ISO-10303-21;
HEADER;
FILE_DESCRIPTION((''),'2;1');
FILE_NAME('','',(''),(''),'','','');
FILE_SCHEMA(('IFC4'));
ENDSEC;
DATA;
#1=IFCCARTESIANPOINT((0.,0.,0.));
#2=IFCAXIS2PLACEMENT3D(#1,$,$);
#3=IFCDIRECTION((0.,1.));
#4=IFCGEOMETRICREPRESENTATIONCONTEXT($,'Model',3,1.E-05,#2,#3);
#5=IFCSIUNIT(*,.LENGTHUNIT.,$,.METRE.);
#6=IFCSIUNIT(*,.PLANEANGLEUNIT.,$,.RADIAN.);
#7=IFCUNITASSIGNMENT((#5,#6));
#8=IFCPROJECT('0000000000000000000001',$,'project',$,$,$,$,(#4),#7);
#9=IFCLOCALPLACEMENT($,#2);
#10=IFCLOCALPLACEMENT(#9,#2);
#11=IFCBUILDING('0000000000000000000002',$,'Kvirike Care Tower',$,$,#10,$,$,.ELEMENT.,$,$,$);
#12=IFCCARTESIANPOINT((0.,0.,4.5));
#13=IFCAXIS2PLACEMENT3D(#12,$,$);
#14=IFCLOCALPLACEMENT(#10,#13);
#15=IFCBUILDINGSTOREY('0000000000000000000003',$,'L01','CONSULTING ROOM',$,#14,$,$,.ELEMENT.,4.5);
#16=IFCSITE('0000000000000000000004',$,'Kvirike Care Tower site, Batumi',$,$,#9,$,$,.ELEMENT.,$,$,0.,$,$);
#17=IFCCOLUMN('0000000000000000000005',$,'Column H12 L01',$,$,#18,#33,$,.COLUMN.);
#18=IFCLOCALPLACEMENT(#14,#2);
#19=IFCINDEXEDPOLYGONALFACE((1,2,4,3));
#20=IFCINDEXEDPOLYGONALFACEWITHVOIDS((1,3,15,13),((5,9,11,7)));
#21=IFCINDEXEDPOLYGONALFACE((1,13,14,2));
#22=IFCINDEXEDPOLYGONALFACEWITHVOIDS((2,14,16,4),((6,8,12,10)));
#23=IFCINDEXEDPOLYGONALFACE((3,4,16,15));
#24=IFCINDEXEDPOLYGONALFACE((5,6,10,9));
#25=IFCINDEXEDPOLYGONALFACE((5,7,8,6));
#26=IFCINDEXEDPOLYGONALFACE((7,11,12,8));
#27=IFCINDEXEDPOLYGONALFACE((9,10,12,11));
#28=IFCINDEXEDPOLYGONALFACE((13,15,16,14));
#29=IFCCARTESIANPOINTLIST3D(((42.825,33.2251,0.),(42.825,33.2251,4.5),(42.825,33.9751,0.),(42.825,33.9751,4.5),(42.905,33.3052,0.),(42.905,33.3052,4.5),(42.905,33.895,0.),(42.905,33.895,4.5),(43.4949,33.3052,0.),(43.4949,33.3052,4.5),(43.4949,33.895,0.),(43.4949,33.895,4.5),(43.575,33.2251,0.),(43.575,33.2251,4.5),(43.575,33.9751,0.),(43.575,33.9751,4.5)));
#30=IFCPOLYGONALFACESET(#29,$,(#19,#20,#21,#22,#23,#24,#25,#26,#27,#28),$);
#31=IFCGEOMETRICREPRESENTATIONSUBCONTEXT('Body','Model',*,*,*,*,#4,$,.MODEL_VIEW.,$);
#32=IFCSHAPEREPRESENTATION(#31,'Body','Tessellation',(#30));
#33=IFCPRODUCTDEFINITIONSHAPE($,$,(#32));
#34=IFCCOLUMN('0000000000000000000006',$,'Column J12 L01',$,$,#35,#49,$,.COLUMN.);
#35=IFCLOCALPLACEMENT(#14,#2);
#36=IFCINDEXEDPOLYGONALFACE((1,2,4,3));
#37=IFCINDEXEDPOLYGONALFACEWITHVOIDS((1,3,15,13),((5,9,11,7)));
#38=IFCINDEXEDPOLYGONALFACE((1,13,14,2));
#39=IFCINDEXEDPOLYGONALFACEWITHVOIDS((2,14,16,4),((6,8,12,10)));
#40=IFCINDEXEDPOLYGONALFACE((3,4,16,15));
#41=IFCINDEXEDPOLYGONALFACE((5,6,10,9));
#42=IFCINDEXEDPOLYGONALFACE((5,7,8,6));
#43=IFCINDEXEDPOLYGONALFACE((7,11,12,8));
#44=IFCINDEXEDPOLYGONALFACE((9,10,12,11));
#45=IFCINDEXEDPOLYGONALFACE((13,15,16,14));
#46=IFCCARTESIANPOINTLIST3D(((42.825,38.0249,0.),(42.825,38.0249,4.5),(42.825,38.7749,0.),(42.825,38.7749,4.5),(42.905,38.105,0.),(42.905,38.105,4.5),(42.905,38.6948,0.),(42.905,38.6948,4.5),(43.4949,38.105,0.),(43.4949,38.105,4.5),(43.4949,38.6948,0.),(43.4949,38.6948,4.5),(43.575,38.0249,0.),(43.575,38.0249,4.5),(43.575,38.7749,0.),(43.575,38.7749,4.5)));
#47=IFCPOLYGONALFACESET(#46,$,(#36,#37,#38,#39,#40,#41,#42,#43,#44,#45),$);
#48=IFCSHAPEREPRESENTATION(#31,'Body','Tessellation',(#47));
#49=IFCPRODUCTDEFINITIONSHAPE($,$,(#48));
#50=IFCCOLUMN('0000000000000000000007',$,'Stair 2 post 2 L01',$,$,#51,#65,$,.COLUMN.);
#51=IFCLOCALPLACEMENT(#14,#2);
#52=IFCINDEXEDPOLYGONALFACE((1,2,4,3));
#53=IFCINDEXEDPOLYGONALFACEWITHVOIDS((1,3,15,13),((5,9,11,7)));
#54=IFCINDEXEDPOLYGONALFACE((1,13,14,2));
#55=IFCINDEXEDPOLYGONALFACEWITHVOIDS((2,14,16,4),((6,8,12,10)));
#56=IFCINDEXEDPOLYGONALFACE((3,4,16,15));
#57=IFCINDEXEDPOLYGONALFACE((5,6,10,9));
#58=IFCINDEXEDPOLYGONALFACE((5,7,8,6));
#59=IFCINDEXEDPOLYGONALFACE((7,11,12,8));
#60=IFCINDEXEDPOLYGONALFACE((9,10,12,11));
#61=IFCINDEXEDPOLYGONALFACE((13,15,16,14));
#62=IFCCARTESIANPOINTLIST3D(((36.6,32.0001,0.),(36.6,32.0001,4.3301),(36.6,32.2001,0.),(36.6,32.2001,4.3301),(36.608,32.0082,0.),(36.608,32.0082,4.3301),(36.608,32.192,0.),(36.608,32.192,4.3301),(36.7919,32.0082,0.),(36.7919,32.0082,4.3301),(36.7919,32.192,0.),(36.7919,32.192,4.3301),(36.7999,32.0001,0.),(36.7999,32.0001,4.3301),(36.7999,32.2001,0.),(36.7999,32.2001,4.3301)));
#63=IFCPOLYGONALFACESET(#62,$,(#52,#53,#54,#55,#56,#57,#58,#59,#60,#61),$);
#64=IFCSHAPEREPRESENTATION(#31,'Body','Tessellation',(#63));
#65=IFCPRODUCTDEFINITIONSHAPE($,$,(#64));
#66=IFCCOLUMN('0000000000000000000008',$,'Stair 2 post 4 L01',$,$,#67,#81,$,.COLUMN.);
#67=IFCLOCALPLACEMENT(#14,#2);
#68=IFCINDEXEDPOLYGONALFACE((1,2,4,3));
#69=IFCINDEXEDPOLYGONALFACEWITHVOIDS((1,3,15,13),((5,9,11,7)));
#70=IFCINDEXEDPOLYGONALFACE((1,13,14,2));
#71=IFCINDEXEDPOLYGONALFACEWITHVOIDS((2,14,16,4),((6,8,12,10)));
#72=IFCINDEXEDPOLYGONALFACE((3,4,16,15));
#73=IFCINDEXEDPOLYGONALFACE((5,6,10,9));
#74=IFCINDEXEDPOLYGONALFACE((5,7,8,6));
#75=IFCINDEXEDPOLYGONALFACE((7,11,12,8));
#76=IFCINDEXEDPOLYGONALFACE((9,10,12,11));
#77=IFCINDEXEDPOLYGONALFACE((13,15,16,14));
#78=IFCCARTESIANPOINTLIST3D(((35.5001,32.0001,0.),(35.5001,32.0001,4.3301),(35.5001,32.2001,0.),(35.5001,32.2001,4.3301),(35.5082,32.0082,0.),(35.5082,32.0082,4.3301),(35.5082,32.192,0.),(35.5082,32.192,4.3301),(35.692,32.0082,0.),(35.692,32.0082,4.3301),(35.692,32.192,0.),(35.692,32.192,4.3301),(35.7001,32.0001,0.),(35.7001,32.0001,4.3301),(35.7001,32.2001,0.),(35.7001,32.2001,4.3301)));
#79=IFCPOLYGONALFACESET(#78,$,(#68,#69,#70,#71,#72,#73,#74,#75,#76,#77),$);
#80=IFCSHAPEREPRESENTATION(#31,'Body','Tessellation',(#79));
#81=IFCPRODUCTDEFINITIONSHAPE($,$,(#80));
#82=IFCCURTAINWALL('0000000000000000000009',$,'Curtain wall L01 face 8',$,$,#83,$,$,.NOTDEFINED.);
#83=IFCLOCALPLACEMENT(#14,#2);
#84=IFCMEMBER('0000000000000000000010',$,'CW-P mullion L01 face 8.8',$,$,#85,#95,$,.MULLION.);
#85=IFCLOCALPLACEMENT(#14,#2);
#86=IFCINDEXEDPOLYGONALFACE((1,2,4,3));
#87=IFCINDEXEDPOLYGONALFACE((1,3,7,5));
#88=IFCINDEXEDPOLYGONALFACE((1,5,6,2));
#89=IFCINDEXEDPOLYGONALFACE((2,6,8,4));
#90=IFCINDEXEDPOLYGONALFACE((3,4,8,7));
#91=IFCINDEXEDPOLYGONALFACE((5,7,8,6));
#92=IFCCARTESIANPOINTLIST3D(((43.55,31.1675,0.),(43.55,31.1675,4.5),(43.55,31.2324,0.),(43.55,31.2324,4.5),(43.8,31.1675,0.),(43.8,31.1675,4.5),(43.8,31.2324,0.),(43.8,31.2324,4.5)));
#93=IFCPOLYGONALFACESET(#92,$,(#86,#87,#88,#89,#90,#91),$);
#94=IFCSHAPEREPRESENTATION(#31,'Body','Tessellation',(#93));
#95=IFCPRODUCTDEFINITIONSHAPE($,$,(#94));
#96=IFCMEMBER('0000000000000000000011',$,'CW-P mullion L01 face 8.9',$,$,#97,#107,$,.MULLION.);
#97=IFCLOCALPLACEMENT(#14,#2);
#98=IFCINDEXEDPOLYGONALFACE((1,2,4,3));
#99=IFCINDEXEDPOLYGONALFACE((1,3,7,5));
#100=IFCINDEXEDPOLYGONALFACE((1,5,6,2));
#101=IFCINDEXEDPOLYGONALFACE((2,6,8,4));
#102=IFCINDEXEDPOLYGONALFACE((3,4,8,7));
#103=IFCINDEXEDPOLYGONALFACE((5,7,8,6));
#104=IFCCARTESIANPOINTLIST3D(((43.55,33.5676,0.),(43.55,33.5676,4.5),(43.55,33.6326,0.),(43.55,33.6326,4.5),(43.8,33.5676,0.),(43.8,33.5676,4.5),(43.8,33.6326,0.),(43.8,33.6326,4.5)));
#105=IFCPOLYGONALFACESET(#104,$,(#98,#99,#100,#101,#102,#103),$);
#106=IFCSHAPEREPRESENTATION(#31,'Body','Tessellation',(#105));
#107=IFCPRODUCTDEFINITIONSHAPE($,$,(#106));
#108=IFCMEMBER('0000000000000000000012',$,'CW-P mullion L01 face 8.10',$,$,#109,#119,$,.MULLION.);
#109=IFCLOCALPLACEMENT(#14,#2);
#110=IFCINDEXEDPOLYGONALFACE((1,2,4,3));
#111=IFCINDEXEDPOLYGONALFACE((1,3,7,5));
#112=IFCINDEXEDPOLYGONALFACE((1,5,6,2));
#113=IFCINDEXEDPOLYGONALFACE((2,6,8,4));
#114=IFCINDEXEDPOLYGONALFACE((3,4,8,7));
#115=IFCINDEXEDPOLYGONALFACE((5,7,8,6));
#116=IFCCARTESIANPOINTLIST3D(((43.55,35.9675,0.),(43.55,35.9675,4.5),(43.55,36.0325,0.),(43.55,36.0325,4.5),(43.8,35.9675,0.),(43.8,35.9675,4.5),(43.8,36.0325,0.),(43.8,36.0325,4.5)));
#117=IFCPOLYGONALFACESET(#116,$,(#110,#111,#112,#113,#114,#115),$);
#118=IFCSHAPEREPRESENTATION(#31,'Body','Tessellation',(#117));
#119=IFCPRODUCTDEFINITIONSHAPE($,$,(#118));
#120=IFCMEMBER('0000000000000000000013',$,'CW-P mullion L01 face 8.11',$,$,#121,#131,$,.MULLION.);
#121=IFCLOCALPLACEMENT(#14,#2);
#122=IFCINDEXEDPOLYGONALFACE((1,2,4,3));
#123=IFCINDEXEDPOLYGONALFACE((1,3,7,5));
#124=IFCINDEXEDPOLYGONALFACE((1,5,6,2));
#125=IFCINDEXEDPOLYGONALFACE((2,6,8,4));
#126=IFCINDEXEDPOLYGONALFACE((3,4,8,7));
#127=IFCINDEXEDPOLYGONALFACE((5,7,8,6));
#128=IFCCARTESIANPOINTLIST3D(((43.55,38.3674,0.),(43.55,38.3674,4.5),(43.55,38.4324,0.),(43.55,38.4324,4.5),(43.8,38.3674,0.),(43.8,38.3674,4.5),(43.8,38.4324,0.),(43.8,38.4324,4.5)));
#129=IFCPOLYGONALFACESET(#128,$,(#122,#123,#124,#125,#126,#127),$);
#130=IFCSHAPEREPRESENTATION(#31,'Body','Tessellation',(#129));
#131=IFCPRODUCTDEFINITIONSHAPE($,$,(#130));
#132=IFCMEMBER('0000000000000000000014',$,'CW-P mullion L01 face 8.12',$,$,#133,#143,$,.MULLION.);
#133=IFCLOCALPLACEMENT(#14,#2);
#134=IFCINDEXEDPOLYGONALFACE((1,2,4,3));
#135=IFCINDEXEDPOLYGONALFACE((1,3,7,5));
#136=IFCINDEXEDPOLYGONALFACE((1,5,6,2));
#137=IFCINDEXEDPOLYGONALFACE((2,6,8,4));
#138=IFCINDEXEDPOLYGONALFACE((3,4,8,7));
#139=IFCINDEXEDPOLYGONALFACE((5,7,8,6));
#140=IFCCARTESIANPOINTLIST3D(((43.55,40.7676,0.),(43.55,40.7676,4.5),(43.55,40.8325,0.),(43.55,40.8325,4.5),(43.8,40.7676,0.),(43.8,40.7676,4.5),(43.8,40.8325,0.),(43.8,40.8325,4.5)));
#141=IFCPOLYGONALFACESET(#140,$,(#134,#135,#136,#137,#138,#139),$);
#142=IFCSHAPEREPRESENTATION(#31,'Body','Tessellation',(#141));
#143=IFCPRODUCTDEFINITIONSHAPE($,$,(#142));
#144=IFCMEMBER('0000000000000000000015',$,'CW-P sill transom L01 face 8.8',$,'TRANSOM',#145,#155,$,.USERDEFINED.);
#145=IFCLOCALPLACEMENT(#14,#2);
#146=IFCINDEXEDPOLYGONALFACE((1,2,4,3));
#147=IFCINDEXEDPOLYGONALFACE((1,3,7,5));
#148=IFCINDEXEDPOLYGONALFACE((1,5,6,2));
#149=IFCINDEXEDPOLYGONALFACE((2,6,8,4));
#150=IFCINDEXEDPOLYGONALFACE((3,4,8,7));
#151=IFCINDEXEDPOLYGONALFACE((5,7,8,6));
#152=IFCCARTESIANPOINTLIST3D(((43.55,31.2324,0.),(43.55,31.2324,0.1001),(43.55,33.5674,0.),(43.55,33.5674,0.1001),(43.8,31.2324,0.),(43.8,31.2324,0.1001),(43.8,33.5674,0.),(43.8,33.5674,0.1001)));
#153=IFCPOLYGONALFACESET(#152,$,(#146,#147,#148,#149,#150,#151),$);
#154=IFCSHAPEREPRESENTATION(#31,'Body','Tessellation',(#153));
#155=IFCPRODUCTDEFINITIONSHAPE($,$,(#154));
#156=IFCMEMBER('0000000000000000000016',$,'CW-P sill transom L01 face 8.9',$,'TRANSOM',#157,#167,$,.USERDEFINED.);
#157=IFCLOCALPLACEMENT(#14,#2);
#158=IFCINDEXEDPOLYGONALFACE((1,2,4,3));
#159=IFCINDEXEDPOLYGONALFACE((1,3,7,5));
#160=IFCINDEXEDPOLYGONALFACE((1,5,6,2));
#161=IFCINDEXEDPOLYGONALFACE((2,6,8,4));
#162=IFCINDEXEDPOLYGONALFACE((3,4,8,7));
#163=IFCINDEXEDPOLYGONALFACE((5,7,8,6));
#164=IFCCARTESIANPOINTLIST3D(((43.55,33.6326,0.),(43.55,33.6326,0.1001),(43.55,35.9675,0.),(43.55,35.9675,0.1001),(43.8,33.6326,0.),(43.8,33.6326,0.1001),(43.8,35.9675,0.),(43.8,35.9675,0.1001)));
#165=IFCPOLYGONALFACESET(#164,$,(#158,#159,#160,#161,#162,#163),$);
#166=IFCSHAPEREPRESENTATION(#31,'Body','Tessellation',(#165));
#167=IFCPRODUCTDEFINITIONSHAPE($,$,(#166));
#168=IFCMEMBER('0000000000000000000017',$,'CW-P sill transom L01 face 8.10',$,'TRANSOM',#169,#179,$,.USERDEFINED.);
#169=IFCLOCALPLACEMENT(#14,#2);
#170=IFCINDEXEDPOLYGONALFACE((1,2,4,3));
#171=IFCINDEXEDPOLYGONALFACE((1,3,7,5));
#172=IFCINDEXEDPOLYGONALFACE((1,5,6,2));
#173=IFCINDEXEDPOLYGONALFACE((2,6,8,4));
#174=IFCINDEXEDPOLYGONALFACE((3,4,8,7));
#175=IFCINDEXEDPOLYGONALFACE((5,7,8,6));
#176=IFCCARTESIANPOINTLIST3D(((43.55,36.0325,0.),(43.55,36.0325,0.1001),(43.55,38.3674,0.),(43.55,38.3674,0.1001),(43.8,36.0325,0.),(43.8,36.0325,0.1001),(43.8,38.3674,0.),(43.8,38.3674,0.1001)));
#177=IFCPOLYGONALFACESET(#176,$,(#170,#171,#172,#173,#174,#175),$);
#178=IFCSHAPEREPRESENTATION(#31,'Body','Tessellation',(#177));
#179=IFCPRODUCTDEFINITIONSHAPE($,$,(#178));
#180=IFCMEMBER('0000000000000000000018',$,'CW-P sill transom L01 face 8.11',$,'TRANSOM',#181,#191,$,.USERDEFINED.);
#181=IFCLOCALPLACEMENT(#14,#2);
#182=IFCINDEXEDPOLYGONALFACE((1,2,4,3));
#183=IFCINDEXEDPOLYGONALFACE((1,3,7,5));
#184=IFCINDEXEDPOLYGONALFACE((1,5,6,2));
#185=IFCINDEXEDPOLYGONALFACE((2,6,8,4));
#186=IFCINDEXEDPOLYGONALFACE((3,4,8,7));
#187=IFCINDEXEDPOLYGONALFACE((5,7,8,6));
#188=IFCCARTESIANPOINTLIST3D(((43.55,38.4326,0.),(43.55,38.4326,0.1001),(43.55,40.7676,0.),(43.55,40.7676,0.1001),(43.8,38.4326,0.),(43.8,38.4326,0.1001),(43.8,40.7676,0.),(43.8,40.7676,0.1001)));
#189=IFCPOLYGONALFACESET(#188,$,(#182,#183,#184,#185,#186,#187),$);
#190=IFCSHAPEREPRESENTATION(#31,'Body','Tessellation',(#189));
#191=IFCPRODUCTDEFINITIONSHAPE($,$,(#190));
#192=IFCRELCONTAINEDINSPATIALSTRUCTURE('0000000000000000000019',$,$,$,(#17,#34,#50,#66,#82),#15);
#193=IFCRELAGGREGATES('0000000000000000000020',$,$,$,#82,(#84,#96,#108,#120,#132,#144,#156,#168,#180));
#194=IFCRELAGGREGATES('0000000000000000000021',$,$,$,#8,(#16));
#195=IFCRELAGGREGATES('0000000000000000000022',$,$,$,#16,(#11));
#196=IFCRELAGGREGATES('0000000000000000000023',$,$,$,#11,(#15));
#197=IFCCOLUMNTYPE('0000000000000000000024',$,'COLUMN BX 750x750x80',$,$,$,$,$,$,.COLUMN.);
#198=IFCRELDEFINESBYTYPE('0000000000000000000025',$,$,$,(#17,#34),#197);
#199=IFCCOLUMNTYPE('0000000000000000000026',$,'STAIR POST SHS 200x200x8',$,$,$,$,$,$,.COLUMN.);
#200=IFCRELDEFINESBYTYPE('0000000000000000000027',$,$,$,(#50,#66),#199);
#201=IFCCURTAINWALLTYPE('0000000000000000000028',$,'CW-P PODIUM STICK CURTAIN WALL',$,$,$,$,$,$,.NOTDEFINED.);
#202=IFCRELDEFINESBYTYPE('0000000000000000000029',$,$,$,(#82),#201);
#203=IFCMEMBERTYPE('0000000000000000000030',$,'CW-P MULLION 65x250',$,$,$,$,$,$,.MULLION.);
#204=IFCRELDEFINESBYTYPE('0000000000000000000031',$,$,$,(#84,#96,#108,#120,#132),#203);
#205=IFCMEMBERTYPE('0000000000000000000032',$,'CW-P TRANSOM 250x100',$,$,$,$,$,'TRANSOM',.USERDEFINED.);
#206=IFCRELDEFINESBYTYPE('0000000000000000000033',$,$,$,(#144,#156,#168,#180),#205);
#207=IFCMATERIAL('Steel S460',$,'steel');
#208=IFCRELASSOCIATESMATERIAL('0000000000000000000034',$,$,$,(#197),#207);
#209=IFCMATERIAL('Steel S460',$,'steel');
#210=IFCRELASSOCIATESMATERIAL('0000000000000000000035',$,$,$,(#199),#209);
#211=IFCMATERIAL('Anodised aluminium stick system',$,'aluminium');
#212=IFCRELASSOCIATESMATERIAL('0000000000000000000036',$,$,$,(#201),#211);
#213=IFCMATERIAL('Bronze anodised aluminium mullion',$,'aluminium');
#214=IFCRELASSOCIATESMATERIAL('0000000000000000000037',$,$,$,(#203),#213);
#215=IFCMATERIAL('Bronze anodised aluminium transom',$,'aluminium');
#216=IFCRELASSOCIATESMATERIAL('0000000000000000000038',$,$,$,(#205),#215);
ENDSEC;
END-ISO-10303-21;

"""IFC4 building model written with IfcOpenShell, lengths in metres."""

from ifc_helpers import new_model, si_unit, direction, frame, origin, origin_2d, place, context, subcontext, project, spatial, rectangle, hollow_rectangle, extrude, material, material_profile, profile_set, type_object, element, aggregate, save


model = new_model("IFC4")

# Units and contexts
model_context = context("Model", 3, precision=1e-05, world=origin(), true_north=direction((0.0, 1.0)))
body_context = subcontext(model_context, "Body", "Model", "MODEL_VIEW")
ifc_project = project(units=[si_unit("LENGTHUNIT", "METRE"), si_unit("PLANEANGLEUNIT", "RADIAN")], contexts=[model_context])

# Site, building, storey
site_placement = place(None, origin())
site = spatial("IfcSite", under=ifc_project, at=site_placement, Name="Kvirike Care Tower site, Batumi", CompositionType="ELEMENT", RefElevation=0.0)
building_placement = place(site_placement, origin())
building = spatial("IfcBuilding", under=site, at=building_placement, Name="Kvirike Care Tower", CompositionType="ELEMENT")
storey_placement = place(building_placement, frame((0.0, 0.0, 4.5)))
storey = spatial("IfcBuildingStorey", under=building, at=storey_placement, Name="L01", Description="CONSULTING ROOM", CompositionType="ELEMENT", Elevation=4.5)

# Columns
ifc_material_1 = material(Name="Steel S460", Category="steel")
ifc_material_profile_1 = material_profile(ifc_material_1, hollow_rectangle(XDim=0.75, YDim=0.75, WallThickness=0.0801, at=origin_2d()), Name="BX 750x750x80")
ifc_profile_set_1 = profile_set([ifc_material_profile_1], Name="Steel S460")
column_type_1 = type_object("IfcColumnType", Name="COLUMN BX 750x750x80", PredefinedType="COLUMN", material=ifc_profile_set_1)
for number, where, z_axis, x_axis, name in (
    (1, (43.2, 33.6001, 0.0), (0.0, 0.0, 1.0), (1.0, 0.0, 0.0), "Column H12 L01"),
    (2, (43.2, 38.3999, 0.0), (0.0, 0.0, 1.0), (1.0, 0.0, 0.0), "Column J12 L01"),
):
    element("IfcColumn", number, at=place(storey_placement, frame(where, z_axis=z_axis, x_axis=x_axis)), inside=storey, type_object=column_type_1, Name=name, PredefinedType="COLUMN", context=body_context, shape_type="SweptSolid", body=[
        extrude(hollow_rectangle(XDim=0.75, YDim=0.75, WallThickness=0.0801, at=origin_2d()), origin(), (0.0, 0.0, 1.0), 4.5),
    ])
ifc_material_2 = material(Name="Steel S460", Category="steel")
ifc_material_profile_2 = material_profile(ifc_material_2, hollow_rectangle(XDim=0.2, YDim=0.2, WallThickness=0.0081, at=origin_2d()), Name="SHS 200x200x8")
ifc_profile_set_2 = profile_set([ifc_material_profile_2], Name="Steel S460")
column_type_2 = type_object("IfcColumnType", Name="STAIR POST SHS 200x200x8", PredefinedType="COLUMN", material=ifc_profile_set_2)
for number, where, z_axis, x_axis, name in (
    (3, (36.7, 32.1001, 0.0), (0.0, 0.0, 1.0), (1.0, 0.0, 0.0), "Stair 2 post 2 L01"),
    (4, (35.6001, 32.1001, 0.0), (0.0, 0.0, 1.0), (1.0, 0.0, 0.0), "Stair 2 post 4 L01"),
):
    element("IfcColumn", number, at=place(storey_placement, frame(where, z_axis=z_axis, x_axis=x_axis)), inside=storey, type_object=column_type_2, Name=name, PredefinedType="COLUMN", context=body_context, shape_type="SweptSolid", body=[
        extrude(hollow_rectangle(XDim=0.2, YDim=0.2, WallThickness=0.0081, at=origin_2d()), origin(), (0.0, 0.0, 1.0), 4.3301),
    ])

# Curtain wall, members
ifc_material_3 = material(Name="Anodised aluminium stick system", Category="aluminium")
curtain_wall_type = type_object("IfcCurtainWallType", Name="CW-P PODIUM STICK CURTAIN WALL", PredefinedType="NOTDEFINED", material=ifc_material_3)
curtain_wall_placement = place(storey_placement, origin())
curtain_wall = element("IfcCurtainWall", 5, at=curtain_wall_placement, inside=storey, type_object=curtain_wall_type, Name="Curtain wall L01 face 8", PredefinedType="NOTDEFINED")
ifc_material_4 = material(Name="Bronze anodised aluminium mullion", Category="aluminium")
ifc_material_profile_3 = material_profile(ifc_material_4, rectangle(XDim=0.0649, YDim=0.25, at=origin_2d()), Name="CW-P MULLION 65x250")
ifc_profile_set_3 = profile_set([ifc_material_profile_3], Name="Bronze anodised aluminium mullion")
member_type_1 = type_object("IfcMemberType", Name="CW-P MULLION 65x250", PredefinedType="MULLION", material=ifc_profile_set_3)
member_1_placement = place(storey_placement, frame((43.675, 31.2, 0.0), z_axis=(0.0, 0.0, 1.0), x_axis=(0.0, 1.0, 0.0)))
member_1 = element("IfcMember", 6, at=member_1_placement, type_object=member_type_1, Name="CW-P mullion L01 face 8.8", PredefinedType="MULLION", context=body_context, shape_type="SweptSolid", body=[
    extrude(rectangle(XDim=0.0649, YDim=0.25, at=origin_2d()), origin(), (0.0, 0.0, 1.0), 4.5),
])
member_2_placement = place(storey_placement, frame((43.675, 33.6001, 0.0), z_axis=(0.0, 0.0, 1.0), x_axis=(0.0, 1.0, 0.0)))
member_2 = element("IfcMember", 7, at=member_2_placement, type_object=member_type_1, Name="CW-P mullion L01 face 8.9", PredefinedType="MULLION", context=body_context, shape_type="SweptSolid", body=[
    extrude(rectangle(XDim=0.0649, YDim=0.25, at=origin_2d()), origin(), (0.0, 0.0, 1.0), 4.5),
])
member_3_placement = place(storey_placement, frame((43.675, 36.0, 0.0), z_axis=(0.0, 0.0, 1.0), x_axis=(0.0, 1.0, 0.0)))
member_3 = element("IfcMember", 8, at=member_3_placement, type_object=member_type_1, Name="CW-P mullion L01 face 8.10", PredefinedType="MULLION", context=body_context, shape_type="SweptSolid", body=[
    extrude(rectangle(XDim=0.0649, YDim=0.25, at=origin_2d()), origin(), (0.0, 0.0, 1.0), 4.5),
])
member_4_placement = place(storey_placement, frame((43.675, 38.3999, 0.0), z_axis=(0.0, 0.0, 1.0), x_axis=(0.0, 1.0, 0.0)))
member_4 = element("IfcMember", 9, at=member_4_placement, type_object=member_type_1, Name="CW-P mullion L01 face 8.11", PredefinedType="MULLION", context=body_context, shape_type="SweptSolid", body=[
    extrude(rectangle(XDim=0.0649, YDim=0.25, at=origin_2d()), origin(), (0.0, 0.0, 1.0), 4.5),
])
member_5_placement = place(storey_placement, frame((43.675, 40.8, 0.0), z_axis=(0.0, 0.0, 1.0), x_axis=(0.0, 1.0, 0.0)))
member_5 = element("IfcMember", 10, at=member_5_placement, type_object=member_type_1, Name="CW-P mullion L01 face 8.12", PredefinedType="MULLION", context=body_context, shape_type="SweptSolid", body=[
    extrude(rectangle(XDim=0.0649, YDim=0.25, at=origin_2d()), origin(), (0.0, 0.0, 1.0), 4.5),
])
ifc_material_5 = material(Name="Bronze anodised aluminium transom", Category="aluminium")
ifc_material_profile_4 = material_profile(ifc_material_5, rectangle(XDim=0.25, YDim=0.1001, at=origin_2d()), Name="CW-P TRANSOM 250x100")
ifc_profile_set_4 = profile_set([ifc_material_profile_4], Name="Bronze anodised aluminium transom")
member_type_2 = type_object("IfcMemberType", Name="CW-P TRANSOM 250x100", ElementType="TRANSOM", PredefinedType="USERDEFINED", material=ifc_profile_set_4)
member_6_placement = place(storey_placement, frame((43.675, 31.2324, 0.05), z_axis=(0.0, 1.0, 0.0), x_axis=(-1.0, 0.0, 0.0)))
member_6 = element("IfcMember", 11, at=member_6_placement, type_object=member_type_2, Name="CW-P sill transom L01 face 8.8", ObjectType="TRANSOM", PredefinedType="USERDEFINED", context=body_context, shape_type="SweptSolid", body=[
    extrude(rectangle(XDim=0.25, YDim=0.1001, at=origin_2d()), origin(), (0.0, 0.0, 1.0), 2.335),
])
member_7_placement = place(storey_placement, frame((43.675, 33.6326, 0.05), z_axis=(0.0, 1.0, 0.0), x_axis=(-1.0, 0.0, 0.0)))
member_7 = element("IfcMember", 12, at=member_7_placement, type_object=member_type_2, Name="CW-P sill transom L01 face 8.9", ObjectType="TRANSOM", PredefinedType="USERDEFINED", context=body_context, shape_type="SweptSolid", body=[
    extrude(rectangle(XDim=0.25, YDim=0.1001, at=origin_2d()), origin(), (0.0, 0.0, 1.0), 2.335),
])
member_8_placement = place(storey_placement, frame((43.675, 36.0325, 0.05), z_axis=(0.0, 1.0, 0.0), x_axis=(-1.0, 0.0, 0.0)))
member_8 = element("IfcMember", 13, at=member_8_placement, type_object=member_type_2, Name="CW-P sill transom L01 face 8.10", ObjectType="TRANSOM", PredefinedType="USERDEFINED", context=body_context, shape_type="SweptSolid", body=[
    extrude(rectangle(XDim=0.25, YDim=0.1001, at=origin_2d()), origin(), (0.0, 0.0, 1.0), 2.335),
])
member_9_placement = place(storey_placement, frame((43.675, 38.4326, 0.05), z_axis=(0.0, 1.0, 0.0), x_axis=(-1.0, 0.0, 0.0)))
member_9 = element("IfcMember", 14, at=member_9_placement, type_object=member_type_2, Name="CW-P sill transom L01 face 8.11", ObjectType="TRANSOM", PredefinedType="USERDEFINED", context=body_context, shape_type="SweptSolid", body=[
    extrude(rectangle(XDim=0.25, YDim=0.1001, at=origin_2d()), origin(), (0.0, 0.0, 1.0), 2.335),
])

aggregate(curtain_wall, [member_1, member_2, member_3, member_4, member_5, member_6, member_7, member_8, member_9])

save(model, "model.ifc")
